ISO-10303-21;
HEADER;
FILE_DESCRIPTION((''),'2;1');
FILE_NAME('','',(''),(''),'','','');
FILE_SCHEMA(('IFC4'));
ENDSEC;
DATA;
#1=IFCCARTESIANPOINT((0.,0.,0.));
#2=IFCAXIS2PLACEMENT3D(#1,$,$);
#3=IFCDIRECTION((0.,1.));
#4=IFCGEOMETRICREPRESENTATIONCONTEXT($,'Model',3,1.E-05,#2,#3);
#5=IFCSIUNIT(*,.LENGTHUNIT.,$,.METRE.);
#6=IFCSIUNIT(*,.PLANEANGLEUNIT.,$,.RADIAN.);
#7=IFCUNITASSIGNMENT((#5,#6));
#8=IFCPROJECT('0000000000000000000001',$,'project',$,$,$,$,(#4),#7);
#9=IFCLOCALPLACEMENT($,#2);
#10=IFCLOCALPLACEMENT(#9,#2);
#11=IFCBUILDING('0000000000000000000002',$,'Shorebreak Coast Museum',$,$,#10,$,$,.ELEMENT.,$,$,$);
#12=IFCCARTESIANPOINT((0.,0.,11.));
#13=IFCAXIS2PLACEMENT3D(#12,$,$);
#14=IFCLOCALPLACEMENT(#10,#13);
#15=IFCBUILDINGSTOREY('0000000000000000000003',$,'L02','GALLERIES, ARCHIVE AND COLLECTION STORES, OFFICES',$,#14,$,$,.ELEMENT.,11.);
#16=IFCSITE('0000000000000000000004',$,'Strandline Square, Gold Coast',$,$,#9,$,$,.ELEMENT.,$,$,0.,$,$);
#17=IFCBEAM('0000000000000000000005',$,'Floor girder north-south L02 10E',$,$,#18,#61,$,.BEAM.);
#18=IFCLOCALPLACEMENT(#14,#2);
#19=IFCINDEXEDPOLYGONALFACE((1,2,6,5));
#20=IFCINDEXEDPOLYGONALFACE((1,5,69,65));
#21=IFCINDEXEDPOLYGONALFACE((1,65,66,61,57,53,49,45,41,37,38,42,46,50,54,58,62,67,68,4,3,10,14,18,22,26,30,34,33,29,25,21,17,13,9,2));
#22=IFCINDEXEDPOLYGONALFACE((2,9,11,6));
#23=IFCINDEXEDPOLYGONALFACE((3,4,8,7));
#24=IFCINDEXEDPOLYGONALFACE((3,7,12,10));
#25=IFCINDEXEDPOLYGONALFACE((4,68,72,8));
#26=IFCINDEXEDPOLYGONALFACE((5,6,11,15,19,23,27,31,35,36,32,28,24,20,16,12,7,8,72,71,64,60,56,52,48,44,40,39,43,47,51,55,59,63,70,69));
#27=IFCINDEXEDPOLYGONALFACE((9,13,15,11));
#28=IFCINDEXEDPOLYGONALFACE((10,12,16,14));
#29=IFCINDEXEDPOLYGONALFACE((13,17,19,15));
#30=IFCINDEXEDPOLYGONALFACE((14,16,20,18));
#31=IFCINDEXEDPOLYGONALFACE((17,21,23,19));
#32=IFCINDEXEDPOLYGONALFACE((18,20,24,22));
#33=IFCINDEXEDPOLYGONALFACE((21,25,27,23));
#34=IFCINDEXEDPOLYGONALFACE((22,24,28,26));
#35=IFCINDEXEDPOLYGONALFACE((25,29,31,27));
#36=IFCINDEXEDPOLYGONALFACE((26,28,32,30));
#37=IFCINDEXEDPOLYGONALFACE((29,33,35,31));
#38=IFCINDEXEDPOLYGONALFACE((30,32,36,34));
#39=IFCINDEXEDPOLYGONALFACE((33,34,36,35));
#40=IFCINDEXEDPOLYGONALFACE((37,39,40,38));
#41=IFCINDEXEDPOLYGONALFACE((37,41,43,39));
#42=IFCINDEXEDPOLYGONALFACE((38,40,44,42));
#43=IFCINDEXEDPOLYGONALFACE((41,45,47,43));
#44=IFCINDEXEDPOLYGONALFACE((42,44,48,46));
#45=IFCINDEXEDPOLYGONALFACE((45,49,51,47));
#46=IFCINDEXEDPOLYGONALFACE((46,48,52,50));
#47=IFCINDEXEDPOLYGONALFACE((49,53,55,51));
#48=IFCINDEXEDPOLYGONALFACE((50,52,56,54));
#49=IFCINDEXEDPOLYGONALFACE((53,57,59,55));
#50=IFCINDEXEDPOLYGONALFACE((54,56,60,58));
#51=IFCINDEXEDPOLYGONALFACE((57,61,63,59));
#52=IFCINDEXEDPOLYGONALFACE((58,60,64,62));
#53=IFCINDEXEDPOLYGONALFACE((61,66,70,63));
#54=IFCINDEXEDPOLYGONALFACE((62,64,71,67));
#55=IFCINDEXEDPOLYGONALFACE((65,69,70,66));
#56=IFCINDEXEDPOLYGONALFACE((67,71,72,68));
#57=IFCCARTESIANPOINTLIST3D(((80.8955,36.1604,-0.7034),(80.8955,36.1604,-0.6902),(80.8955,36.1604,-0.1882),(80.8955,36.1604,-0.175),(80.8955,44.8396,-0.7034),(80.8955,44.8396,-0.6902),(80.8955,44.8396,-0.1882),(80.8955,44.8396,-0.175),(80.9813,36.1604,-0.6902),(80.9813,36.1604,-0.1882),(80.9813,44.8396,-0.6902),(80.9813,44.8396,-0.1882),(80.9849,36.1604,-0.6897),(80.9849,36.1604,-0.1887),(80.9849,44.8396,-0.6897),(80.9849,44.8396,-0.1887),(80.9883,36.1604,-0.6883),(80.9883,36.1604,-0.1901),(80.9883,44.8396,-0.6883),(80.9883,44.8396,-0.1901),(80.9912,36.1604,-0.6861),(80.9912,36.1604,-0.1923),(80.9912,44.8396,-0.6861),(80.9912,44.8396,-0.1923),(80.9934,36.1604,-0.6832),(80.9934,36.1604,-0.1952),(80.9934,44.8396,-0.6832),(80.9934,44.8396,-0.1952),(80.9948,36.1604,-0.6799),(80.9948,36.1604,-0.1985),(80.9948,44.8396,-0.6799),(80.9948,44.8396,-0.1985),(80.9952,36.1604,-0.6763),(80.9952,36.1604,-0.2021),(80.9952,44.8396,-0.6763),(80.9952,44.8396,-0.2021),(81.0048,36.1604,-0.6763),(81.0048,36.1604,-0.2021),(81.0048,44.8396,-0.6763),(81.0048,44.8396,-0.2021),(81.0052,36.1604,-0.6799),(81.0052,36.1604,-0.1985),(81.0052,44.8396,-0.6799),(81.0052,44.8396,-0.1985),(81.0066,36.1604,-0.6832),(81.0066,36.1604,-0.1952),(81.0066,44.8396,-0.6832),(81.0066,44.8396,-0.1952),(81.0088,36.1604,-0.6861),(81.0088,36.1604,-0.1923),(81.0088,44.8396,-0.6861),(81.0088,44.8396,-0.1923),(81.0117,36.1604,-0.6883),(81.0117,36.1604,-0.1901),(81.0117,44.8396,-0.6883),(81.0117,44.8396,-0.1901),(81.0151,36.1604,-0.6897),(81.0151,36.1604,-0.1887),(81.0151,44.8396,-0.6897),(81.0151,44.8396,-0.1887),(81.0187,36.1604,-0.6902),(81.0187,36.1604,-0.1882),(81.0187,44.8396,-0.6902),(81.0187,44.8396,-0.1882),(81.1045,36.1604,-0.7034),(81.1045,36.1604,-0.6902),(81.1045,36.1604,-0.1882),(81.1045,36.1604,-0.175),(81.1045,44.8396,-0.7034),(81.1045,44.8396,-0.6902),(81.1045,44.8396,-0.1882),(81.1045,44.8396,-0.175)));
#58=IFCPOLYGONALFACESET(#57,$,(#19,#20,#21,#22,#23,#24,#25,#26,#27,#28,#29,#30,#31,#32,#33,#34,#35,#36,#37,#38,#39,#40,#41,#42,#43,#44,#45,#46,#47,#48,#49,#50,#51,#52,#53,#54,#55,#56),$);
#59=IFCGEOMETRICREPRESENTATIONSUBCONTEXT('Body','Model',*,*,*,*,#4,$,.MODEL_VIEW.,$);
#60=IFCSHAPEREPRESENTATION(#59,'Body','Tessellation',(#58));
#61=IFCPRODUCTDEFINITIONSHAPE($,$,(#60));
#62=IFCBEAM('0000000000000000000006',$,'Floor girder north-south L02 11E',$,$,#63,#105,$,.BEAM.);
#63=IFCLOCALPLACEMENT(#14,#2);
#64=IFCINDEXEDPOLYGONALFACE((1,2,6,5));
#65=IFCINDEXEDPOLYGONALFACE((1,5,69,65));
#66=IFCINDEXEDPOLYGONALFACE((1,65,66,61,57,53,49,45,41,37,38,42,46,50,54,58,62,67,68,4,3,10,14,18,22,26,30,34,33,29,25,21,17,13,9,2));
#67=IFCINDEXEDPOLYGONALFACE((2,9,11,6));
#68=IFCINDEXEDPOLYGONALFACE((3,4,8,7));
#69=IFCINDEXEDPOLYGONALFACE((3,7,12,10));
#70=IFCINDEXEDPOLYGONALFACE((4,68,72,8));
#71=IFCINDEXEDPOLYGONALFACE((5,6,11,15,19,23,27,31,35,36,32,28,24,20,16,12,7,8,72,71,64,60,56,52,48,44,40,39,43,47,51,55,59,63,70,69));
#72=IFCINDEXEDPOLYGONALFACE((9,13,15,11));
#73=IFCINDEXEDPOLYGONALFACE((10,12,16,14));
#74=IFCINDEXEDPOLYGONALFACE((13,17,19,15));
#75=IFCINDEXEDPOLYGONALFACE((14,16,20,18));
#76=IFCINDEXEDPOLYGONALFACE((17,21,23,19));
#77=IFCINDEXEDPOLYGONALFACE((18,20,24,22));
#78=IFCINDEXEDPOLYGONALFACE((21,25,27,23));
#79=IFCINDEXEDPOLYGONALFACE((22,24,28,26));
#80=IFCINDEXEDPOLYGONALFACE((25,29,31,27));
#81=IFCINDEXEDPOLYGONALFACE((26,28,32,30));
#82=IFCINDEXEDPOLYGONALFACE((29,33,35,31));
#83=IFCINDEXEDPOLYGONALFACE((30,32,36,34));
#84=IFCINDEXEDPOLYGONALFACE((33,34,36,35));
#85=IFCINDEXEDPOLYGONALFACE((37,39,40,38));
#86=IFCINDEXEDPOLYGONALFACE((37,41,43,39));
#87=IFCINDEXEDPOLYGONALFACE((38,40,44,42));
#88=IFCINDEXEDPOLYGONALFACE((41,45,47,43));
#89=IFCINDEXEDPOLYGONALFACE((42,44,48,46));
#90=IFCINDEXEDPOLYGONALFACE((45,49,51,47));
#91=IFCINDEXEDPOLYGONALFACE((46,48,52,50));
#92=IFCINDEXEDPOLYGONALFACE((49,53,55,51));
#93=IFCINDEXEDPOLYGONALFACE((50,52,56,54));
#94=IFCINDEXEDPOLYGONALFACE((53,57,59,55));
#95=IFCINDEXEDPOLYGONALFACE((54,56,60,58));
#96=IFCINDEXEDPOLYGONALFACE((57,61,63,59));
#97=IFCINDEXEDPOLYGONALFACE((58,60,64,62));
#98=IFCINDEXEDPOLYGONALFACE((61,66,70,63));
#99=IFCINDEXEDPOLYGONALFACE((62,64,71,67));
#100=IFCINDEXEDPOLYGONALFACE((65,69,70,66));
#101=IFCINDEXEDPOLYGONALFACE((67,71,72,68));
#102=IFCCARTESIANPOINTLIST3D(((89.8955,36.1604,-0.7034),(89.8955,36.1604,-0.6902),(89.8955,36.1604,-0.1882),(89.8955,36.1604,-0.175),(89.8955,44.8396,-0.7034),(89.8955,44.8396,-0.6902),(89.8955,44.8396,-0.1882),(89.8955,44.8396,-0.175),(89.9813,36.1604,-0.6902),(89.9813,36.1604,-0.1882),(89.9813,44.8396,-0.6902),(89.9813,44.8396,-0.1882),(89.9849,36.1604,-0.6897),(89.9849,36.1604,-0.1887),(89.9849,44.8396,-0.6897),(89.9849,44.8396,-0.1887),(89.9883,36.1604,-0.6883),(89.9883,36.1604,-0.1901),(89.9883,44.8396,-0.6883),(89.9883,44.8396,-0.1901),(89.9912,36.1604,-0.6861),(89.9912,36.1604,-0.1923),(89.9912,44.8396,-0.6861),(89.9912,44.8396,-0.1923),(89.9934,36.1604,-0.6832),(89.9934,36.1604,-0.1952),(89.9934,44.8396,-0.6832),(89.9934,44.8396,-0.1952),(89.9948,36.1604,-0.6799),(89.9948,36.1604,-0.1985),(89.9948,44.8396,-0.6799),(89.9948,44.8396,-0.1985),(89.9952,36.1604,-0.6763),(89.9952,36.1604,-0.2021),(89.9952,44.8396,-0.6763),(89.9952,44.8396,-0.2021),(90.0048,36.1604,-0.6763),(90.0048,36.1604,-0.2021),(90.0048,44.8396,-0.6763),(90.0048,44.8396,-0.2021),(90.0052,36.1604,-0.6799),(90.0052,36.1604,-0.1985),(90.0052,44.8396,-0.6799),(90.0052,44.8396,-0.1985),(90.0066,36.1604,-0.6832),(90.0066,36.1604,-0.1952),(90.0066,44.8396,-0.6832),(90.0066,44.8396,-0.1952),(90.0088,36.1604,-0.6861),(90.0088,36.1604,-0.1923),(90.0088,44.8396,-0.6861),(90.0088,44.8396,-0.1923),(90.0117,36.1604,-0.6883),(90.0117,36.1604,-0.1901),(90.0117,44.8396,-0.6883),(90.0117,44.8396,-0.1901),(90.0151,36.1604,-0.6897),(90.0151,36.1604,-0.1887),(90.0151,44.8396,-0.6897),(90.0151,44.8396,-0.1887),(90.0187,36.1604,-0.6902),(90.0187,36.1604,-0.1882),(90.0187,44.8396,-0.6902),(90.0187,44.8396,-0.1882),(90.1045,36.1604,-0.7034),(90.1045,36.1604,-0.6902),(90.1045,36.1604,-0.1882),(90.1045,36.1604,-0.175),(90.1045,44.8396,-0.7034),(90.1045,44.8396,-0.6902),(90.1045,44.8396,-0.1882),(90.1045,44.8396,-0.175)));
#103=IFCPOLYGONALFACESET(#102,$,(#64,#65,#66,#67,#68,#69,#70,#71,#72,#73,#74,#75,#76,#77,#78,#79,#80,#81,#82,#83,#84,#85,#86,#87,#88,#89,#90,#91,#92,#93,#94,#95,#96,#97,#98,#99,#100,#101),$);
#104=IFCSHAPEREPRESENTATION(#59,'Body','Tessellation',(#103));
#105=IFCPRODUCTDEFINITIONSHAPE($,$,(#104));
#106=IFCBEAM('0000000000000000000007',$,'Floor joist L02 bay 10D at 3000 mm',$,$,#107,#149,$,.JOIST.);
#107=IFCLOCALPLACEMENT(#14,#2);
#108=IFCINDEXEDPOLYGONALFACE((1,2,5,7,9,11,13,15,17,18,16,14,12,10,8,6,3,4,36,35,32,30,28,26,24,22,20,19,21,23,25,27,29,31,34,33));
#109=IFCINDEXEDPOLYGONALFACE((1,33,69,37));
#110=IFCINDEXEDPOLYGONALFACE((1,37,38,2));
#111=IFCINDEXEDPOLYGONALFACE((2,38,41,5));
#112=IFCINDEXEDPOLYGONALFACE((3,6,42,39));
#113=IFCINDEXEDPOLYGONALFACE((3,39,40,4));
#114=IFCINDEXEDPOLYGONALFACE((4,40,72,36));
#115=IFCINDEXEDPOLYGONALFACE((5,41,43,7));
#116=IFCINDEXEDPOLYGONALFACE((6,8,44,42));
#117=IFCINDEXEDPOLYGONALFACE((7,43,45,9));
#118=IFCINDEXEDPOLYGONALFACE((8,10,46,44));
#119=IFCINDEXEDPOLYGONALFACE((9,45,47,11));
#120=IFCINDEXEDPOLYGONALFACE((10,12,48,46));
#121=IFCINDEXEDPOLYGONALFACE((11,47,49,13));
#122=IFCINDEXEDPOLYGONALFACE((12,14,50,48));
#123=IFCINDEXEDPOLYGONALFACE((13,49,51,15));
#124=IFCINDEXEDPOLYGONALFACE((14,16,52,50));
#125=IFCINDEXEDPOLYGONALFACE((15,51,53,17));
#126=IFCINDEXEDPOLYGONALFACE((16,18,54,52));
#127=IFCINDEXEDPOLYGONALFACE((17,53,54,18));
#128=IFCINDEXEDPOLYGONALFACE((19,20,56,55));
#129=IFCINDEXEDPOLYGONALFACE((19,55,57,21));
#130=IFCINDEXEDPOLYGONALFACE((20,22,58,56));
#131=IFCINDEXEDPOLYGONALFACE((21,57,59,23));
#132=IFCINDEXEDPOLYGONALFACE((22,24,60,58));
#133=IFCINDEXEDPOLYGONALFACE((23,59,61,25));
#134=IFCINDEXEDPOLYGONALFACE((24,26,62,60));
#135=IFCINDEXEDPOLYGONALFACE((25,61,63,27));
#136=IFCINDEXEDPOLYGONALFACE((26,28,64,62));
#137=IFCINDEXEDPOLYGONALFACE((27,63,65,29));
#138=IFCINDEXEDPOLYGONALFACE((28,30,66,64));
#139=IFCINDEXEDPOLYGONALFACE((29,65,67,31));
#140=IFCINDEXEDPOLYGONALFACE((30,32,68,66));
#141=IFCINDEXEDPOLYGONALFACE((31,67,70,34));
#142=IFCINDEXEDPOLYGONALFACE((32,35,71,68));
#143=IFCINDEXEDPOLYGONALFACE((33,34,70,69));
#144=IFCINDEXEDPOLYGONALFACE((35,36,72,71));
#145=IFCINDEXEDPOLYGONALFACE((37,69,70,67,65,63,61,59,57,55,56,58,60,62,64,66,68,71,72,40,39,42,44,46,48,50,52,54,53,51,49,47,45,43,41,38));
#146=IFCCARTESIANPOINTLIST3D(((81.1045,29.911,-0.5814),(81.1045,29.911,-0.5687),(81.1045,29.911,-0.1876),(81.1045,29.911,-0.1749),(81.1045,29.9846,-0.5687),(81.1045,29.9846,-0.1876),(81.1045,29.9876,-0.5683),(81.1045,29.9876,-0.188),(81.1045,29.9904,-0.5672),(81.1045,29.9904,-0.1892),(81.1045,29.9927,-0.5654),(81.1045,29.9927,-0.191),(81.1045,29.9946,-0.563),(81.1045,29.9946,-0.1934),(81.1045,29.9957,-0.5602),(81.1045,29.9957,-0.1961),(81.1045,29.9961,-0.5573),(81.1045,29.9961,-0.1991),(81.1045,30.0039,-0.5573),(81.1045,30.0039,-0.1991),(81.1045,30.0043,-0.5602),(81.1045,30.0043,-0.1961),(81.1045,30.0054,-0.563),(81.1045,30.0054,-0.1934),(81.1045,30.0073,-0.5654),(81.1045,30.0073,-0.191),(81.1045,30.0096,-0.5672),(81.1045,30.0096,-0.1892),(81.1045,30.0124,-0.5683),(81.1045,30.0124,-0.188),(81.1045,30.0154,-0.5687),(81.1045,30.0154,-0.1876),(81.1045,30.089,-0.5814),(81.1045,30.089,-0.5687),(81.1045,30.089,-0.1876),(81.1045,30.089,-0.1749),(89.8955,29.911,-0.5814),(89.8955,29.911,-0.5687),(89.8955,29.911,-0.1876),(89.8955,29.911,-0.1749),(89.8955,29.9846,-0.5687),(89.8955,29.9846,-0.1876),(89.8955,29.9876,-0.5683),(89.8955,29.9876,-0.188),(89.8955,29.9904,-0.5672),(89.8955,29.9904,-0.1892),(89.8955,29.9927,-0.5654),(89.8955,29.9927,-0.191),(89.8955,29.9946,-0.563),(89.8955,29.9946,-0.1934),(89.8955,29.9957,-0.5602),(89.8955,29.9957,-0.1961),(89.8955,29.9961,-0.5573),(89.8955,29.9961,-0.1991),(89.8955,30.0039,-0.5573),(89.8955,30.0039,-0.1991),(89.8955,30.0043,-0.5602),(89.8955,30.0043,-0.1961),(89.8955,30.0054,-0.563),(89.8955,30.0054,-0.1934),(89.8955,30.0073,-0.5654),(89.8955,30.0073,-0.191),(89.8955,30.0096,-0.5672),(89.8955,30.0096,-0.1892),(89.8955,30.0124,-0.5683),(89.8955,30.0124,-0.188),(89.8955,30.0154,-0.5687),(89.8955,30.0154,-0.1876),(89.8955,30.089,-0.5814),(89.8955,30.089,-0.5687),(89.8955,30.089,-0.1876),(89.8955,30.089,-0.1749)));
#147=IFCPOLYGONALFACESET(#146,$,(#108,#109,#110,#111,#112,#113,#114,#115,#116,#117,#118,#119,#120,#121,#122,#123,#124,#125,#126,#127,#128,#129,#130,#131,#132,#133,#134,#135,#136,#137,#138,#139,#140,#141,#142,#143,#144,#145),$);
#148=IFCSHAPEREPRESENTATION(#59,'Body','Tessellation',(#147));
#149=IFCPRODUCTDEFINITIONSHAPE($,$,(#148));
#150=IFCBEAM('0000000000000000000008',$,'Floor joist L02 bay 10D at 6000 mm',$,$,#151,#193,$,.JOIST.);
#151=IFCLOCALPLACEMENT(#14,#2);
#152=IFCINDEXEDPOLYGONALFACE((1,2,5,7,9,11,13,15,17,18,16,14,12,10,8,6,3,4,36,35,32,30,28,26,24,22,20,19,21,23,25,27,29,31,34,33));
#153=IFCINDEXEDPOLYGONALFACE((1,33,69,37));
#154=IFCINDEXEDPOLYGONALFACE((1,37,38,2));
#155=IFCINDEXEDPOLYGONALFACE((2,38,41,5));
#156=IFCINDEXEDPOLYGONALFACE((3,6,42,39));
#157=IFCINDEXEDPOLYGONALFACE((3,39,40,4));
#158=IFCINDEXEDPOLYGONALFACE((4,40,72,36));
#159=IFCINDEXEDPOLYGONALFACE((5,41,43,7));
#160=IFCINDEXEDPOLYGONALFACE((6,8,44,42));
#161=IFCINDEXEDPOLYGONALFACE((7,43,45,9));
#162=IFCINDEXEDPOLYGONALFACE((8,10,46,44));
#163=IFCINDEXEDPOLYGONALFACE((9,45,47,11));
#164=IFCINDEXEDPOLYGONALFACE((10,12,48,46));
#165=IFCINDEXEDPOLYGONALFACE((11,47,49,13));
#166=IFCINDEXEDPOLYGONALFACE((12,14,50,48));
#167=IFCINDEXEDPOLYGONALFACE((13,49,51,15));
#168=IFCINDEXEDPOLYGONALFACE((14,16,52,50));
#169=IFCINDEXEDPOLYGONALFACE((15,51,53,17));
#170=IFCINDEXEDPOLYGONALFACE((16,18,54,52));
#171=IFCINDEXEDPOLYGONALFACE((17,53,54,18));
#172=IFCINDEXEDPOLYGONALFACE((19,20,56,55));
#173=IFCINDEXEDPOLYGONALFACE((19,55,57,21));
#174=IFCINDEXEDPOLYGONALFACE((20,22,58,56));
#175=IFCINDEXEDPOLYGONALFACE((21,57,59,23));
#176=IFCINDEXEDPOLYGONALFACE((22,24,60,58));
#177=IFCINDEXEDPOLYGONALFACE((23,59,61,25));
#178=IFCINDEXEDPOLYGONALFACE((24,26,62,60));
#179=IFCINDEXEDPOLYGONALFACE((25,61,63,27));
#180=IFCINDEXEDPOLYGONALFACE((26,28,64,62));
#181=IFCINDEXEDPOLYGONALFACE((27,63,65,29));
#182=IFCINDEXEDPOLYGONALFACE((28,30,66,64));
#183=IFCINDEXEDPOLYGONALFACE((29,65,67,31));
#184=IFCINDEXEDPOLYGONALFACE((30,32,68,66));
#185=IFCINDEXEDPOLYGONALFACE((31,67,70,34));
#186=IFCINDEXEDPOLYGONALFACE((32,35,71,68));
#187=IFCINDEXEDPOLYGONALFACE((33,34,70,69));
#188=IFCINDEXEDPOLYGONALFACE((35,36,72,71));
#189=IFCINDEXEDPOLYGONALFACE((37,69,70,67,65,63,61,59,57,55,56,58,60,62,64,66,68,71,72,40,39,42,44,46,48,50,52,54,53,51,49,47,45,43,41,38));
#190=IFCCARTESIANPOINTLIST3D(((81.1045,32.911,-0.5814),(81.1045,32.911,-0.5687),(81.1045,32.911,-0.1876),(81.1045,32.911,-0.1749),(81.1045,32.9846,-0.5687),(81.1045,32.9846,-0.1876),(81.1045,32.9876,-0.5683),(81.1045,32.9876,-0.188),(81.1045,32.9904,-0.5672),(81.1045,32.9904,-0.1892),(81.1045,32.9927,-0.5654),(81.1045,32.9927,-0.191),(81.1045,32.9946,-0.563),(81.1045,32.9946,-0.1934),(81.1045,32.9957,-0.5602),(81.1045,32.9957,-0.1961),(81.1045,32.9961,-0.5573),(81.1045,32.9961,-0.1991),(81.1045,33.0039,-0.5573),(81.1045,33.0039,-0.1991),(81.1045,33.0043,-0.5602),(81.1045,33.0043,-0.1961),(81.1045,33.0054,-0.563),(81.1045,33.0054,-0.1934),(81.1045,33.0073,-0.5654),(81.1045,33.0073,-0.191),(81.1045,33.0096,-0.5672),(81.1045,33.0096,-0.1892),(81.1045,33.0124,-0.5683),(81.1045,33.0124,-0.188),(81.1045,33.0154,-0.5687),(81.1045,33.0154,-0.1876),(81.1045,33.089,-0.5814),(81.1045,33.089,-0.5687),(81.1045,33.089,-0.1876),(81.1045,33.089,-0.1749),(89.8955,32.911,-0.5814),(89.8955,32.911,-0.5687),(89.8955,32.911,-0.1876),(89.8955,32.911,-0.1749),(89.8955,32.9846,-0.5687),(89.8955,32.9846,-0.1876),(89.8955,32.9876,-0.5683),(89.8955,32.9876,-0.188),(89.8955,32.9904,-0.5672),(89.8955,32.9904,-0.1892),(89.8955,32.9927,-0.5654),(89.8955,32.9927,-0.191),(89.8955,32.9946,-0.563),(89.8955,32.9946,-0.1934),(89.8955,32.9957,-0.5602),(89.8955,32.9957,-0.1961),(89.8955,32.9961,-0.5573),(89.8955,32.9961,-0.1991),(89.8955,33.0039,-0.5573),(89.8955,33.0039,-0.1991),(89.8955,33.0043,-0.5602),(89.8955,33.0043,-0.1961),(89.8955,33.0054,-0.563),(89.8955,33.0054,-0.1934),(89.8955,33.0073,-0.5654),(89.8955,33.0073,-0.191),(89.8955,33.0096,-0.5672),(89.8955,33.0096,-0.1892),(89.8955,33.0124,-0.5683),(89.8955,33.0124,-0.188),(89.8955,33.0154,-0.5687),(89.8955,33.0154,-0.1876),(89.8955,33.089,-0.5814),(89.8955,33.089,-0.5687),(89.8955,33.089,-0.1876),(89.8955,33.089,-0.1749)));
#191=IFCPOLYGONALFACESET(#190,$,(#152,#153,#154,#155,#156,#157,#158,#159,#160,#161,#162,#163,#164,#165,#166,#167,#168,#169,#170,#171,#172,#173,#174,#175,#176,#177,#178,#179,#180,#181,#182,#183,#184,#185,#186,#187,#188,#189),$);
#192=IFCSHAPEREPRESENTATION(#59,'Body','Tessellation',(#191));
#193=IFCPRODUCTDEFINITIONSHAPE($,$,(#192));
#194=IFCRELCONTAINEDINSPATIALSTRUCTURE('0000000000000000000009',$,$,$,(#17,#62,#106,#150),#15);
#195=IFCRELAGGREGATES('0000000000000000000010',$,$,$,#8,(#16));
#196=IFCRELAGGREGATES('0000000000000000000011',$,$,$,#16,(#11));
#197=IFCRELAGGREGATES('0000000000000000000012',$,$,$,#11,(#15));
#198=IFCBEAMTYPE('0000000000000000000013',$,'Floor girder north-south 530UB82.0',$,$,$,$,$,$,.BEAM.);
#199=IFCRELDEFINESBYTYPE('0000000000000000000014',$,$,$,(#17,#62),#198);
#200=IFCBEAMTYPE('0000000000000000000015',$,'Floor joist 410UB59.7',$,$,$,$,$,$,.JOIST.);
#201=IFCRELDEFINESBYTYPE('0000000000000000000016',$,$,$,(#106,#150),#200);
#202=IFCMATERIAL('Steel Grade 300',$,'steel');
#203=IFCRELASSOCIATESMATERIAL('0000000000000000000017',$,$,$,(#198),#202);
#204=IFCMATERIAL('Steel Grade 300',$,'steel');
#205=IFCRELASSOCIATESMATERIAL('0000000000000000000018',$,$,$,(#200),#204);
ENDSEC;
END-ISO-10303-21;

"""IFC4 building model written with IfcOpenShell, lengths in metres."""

from ifc_helpers import new_model, si_unit, direction, frame, origin, origin_2d, place, context, subcontext, project, spatial, i_section, extrude, material, material_profile, profile_set, type_object, element, save


model = new_model("IFC4")

# Units and contexts
model_context = context("Model", 3, precision=1e-05, world=origin(), true_north=direction((0.0, 1.0)))
body_context = subcontext(model_context, "Body", "Model", "MODEL_VIEW")
ifc_project = project(units=[si_unit("LENGTHUNIT", "METRE"), si_unit("PLANEANGLEUNIT", "RADIAN")], contexts=[model_context])

# Site, building, storey
site_placement = place(None, origin())
site = spatial("IfcSite", under=ifc_project, at=site_placement, Name="Strandline Square, Gold Coast", CompositionType="ELEMENT", RefElevation=0.0)
building_placement = place(site_placement, origin())
building = spatial("IfcBuilding", under=site, at=building_placement, Name="Shorebreak Coast Museum", CompositionType="ELEMENT")
storey_placement = place(building_placement, frame((0.0, 0.0, 11.0)))
storey = spatial("IfcBuildingStorey", under=building, at=storey_placement, Name="L02", Description="GALLERIES, ARCHIVE AND COLLECTION STORES, OFFICES", CompositionType="ELEMENT", Elevation=11.0)

# Beams
ifc_material_1 = material(Name="Steel Grade 300", Category="steel")
ifc_material_profile_1 = material_profile(ifc_material_1, i_section(OverallWidth=0.209, OverallDepth=0.5283, WebThickness=0.0095, FlangeThickness=0.0132, FilletRadius=0.0139, at=origin_2d()), Name="530UB82.0")
ifc_profile_set_1 = profile_set([ifc_material_profile_1], Name="Steel Grade 300")
beam_type_1 = type_object("IfcBeamType", Name="Floor girder north-south 530UB82.0", PredefinedType="BEAM", material=ifc_profile_set_1)
for number, where, z_axis, x_axis, name in (
    (1, (81.0, 36.1604, -0.4392), (0.0, 1.0, 0.0), (-1.0, 0.0, 0.0), "Floor girder north-south L02 10E"),
    (2, (90.0, 36.1604, -0.4392), (0.0, 1.0, 0.0), (-1.0, 0.0, 0.0), "Floor girder north-south L02 11E"),
):
    element("IfcBeam", number, at=place(storey_placement, frame(where, z_axis=z_axis, x_axis=x_axis)), inside=storey, type_object=beam_type_1, Name=name, PredefinedType="BEAM", context=body_context, shape_type="SweptSolid", body=[
        extrude(i_section(OverallWidth=0.209, OverallDepth=0.5283, WebThickness=0.0095, FlangeThickness=0.0132, FilletRadius=0.0139, at=origin_2d()), origin(), (0.0, 0.0, 1.0), 8.6792),
    ])
ifc_material_2 = material(Name="Steel Grade 300", Category="steel")
ifc_material_profile_2 = material_profile(ifc_material_2, i_section(OverallWidth=0.178, OverallDepth=0.4065, WebThickness=0.0078, FlangeThickness=0.0127, FilletRadius=0.0115, at=origin_2d()), Name="410UB59.7")
ifc_profile_set_2 = profile_set([ifc_material_profile_2], Name="Steel Grade 300")
beam_type_2 = type_object("IfcBeamType", Name="Floor joist 410UB59.7", PredefinedType="JOIST", material=ifc_profile_set_2)
for number, where, z_axis, x_axis, name in (
    (3, (81.1045, 30.0, -0.3782), (1.0, 0.0, 0.0), (0.0, 1.0, 0.0), "Floor joist L02 bay 10D at 3000 mm"),
    (4, (81.1045, 33.0, -0.3782), (1.0, 0.0, 0.0), (0.0, 1.0, 0.0), "Floor joist L02 bay 10D at 6000 mm"),
):
    element("IfcBeam", number, at=place(storey_placement, frame(where, z_axis=z_axis, x_axis=x_axis)), inside=storey, type_object=beam_type_2, Name=name, PredefinedType="JOIST", context=body_context, shape_type="SweptSolid", body=[
        extrude(i_section(OverallWidth=0.178, OverallDepth=0.4065, WebThickness=0.0078, FlangeThickness=0.0127, FilletRadius=0.0115, at=origin_2d()), origin(), (0.0, 0.0, 1.0), 8.791),
    ])

save(model, "model.ifc")
